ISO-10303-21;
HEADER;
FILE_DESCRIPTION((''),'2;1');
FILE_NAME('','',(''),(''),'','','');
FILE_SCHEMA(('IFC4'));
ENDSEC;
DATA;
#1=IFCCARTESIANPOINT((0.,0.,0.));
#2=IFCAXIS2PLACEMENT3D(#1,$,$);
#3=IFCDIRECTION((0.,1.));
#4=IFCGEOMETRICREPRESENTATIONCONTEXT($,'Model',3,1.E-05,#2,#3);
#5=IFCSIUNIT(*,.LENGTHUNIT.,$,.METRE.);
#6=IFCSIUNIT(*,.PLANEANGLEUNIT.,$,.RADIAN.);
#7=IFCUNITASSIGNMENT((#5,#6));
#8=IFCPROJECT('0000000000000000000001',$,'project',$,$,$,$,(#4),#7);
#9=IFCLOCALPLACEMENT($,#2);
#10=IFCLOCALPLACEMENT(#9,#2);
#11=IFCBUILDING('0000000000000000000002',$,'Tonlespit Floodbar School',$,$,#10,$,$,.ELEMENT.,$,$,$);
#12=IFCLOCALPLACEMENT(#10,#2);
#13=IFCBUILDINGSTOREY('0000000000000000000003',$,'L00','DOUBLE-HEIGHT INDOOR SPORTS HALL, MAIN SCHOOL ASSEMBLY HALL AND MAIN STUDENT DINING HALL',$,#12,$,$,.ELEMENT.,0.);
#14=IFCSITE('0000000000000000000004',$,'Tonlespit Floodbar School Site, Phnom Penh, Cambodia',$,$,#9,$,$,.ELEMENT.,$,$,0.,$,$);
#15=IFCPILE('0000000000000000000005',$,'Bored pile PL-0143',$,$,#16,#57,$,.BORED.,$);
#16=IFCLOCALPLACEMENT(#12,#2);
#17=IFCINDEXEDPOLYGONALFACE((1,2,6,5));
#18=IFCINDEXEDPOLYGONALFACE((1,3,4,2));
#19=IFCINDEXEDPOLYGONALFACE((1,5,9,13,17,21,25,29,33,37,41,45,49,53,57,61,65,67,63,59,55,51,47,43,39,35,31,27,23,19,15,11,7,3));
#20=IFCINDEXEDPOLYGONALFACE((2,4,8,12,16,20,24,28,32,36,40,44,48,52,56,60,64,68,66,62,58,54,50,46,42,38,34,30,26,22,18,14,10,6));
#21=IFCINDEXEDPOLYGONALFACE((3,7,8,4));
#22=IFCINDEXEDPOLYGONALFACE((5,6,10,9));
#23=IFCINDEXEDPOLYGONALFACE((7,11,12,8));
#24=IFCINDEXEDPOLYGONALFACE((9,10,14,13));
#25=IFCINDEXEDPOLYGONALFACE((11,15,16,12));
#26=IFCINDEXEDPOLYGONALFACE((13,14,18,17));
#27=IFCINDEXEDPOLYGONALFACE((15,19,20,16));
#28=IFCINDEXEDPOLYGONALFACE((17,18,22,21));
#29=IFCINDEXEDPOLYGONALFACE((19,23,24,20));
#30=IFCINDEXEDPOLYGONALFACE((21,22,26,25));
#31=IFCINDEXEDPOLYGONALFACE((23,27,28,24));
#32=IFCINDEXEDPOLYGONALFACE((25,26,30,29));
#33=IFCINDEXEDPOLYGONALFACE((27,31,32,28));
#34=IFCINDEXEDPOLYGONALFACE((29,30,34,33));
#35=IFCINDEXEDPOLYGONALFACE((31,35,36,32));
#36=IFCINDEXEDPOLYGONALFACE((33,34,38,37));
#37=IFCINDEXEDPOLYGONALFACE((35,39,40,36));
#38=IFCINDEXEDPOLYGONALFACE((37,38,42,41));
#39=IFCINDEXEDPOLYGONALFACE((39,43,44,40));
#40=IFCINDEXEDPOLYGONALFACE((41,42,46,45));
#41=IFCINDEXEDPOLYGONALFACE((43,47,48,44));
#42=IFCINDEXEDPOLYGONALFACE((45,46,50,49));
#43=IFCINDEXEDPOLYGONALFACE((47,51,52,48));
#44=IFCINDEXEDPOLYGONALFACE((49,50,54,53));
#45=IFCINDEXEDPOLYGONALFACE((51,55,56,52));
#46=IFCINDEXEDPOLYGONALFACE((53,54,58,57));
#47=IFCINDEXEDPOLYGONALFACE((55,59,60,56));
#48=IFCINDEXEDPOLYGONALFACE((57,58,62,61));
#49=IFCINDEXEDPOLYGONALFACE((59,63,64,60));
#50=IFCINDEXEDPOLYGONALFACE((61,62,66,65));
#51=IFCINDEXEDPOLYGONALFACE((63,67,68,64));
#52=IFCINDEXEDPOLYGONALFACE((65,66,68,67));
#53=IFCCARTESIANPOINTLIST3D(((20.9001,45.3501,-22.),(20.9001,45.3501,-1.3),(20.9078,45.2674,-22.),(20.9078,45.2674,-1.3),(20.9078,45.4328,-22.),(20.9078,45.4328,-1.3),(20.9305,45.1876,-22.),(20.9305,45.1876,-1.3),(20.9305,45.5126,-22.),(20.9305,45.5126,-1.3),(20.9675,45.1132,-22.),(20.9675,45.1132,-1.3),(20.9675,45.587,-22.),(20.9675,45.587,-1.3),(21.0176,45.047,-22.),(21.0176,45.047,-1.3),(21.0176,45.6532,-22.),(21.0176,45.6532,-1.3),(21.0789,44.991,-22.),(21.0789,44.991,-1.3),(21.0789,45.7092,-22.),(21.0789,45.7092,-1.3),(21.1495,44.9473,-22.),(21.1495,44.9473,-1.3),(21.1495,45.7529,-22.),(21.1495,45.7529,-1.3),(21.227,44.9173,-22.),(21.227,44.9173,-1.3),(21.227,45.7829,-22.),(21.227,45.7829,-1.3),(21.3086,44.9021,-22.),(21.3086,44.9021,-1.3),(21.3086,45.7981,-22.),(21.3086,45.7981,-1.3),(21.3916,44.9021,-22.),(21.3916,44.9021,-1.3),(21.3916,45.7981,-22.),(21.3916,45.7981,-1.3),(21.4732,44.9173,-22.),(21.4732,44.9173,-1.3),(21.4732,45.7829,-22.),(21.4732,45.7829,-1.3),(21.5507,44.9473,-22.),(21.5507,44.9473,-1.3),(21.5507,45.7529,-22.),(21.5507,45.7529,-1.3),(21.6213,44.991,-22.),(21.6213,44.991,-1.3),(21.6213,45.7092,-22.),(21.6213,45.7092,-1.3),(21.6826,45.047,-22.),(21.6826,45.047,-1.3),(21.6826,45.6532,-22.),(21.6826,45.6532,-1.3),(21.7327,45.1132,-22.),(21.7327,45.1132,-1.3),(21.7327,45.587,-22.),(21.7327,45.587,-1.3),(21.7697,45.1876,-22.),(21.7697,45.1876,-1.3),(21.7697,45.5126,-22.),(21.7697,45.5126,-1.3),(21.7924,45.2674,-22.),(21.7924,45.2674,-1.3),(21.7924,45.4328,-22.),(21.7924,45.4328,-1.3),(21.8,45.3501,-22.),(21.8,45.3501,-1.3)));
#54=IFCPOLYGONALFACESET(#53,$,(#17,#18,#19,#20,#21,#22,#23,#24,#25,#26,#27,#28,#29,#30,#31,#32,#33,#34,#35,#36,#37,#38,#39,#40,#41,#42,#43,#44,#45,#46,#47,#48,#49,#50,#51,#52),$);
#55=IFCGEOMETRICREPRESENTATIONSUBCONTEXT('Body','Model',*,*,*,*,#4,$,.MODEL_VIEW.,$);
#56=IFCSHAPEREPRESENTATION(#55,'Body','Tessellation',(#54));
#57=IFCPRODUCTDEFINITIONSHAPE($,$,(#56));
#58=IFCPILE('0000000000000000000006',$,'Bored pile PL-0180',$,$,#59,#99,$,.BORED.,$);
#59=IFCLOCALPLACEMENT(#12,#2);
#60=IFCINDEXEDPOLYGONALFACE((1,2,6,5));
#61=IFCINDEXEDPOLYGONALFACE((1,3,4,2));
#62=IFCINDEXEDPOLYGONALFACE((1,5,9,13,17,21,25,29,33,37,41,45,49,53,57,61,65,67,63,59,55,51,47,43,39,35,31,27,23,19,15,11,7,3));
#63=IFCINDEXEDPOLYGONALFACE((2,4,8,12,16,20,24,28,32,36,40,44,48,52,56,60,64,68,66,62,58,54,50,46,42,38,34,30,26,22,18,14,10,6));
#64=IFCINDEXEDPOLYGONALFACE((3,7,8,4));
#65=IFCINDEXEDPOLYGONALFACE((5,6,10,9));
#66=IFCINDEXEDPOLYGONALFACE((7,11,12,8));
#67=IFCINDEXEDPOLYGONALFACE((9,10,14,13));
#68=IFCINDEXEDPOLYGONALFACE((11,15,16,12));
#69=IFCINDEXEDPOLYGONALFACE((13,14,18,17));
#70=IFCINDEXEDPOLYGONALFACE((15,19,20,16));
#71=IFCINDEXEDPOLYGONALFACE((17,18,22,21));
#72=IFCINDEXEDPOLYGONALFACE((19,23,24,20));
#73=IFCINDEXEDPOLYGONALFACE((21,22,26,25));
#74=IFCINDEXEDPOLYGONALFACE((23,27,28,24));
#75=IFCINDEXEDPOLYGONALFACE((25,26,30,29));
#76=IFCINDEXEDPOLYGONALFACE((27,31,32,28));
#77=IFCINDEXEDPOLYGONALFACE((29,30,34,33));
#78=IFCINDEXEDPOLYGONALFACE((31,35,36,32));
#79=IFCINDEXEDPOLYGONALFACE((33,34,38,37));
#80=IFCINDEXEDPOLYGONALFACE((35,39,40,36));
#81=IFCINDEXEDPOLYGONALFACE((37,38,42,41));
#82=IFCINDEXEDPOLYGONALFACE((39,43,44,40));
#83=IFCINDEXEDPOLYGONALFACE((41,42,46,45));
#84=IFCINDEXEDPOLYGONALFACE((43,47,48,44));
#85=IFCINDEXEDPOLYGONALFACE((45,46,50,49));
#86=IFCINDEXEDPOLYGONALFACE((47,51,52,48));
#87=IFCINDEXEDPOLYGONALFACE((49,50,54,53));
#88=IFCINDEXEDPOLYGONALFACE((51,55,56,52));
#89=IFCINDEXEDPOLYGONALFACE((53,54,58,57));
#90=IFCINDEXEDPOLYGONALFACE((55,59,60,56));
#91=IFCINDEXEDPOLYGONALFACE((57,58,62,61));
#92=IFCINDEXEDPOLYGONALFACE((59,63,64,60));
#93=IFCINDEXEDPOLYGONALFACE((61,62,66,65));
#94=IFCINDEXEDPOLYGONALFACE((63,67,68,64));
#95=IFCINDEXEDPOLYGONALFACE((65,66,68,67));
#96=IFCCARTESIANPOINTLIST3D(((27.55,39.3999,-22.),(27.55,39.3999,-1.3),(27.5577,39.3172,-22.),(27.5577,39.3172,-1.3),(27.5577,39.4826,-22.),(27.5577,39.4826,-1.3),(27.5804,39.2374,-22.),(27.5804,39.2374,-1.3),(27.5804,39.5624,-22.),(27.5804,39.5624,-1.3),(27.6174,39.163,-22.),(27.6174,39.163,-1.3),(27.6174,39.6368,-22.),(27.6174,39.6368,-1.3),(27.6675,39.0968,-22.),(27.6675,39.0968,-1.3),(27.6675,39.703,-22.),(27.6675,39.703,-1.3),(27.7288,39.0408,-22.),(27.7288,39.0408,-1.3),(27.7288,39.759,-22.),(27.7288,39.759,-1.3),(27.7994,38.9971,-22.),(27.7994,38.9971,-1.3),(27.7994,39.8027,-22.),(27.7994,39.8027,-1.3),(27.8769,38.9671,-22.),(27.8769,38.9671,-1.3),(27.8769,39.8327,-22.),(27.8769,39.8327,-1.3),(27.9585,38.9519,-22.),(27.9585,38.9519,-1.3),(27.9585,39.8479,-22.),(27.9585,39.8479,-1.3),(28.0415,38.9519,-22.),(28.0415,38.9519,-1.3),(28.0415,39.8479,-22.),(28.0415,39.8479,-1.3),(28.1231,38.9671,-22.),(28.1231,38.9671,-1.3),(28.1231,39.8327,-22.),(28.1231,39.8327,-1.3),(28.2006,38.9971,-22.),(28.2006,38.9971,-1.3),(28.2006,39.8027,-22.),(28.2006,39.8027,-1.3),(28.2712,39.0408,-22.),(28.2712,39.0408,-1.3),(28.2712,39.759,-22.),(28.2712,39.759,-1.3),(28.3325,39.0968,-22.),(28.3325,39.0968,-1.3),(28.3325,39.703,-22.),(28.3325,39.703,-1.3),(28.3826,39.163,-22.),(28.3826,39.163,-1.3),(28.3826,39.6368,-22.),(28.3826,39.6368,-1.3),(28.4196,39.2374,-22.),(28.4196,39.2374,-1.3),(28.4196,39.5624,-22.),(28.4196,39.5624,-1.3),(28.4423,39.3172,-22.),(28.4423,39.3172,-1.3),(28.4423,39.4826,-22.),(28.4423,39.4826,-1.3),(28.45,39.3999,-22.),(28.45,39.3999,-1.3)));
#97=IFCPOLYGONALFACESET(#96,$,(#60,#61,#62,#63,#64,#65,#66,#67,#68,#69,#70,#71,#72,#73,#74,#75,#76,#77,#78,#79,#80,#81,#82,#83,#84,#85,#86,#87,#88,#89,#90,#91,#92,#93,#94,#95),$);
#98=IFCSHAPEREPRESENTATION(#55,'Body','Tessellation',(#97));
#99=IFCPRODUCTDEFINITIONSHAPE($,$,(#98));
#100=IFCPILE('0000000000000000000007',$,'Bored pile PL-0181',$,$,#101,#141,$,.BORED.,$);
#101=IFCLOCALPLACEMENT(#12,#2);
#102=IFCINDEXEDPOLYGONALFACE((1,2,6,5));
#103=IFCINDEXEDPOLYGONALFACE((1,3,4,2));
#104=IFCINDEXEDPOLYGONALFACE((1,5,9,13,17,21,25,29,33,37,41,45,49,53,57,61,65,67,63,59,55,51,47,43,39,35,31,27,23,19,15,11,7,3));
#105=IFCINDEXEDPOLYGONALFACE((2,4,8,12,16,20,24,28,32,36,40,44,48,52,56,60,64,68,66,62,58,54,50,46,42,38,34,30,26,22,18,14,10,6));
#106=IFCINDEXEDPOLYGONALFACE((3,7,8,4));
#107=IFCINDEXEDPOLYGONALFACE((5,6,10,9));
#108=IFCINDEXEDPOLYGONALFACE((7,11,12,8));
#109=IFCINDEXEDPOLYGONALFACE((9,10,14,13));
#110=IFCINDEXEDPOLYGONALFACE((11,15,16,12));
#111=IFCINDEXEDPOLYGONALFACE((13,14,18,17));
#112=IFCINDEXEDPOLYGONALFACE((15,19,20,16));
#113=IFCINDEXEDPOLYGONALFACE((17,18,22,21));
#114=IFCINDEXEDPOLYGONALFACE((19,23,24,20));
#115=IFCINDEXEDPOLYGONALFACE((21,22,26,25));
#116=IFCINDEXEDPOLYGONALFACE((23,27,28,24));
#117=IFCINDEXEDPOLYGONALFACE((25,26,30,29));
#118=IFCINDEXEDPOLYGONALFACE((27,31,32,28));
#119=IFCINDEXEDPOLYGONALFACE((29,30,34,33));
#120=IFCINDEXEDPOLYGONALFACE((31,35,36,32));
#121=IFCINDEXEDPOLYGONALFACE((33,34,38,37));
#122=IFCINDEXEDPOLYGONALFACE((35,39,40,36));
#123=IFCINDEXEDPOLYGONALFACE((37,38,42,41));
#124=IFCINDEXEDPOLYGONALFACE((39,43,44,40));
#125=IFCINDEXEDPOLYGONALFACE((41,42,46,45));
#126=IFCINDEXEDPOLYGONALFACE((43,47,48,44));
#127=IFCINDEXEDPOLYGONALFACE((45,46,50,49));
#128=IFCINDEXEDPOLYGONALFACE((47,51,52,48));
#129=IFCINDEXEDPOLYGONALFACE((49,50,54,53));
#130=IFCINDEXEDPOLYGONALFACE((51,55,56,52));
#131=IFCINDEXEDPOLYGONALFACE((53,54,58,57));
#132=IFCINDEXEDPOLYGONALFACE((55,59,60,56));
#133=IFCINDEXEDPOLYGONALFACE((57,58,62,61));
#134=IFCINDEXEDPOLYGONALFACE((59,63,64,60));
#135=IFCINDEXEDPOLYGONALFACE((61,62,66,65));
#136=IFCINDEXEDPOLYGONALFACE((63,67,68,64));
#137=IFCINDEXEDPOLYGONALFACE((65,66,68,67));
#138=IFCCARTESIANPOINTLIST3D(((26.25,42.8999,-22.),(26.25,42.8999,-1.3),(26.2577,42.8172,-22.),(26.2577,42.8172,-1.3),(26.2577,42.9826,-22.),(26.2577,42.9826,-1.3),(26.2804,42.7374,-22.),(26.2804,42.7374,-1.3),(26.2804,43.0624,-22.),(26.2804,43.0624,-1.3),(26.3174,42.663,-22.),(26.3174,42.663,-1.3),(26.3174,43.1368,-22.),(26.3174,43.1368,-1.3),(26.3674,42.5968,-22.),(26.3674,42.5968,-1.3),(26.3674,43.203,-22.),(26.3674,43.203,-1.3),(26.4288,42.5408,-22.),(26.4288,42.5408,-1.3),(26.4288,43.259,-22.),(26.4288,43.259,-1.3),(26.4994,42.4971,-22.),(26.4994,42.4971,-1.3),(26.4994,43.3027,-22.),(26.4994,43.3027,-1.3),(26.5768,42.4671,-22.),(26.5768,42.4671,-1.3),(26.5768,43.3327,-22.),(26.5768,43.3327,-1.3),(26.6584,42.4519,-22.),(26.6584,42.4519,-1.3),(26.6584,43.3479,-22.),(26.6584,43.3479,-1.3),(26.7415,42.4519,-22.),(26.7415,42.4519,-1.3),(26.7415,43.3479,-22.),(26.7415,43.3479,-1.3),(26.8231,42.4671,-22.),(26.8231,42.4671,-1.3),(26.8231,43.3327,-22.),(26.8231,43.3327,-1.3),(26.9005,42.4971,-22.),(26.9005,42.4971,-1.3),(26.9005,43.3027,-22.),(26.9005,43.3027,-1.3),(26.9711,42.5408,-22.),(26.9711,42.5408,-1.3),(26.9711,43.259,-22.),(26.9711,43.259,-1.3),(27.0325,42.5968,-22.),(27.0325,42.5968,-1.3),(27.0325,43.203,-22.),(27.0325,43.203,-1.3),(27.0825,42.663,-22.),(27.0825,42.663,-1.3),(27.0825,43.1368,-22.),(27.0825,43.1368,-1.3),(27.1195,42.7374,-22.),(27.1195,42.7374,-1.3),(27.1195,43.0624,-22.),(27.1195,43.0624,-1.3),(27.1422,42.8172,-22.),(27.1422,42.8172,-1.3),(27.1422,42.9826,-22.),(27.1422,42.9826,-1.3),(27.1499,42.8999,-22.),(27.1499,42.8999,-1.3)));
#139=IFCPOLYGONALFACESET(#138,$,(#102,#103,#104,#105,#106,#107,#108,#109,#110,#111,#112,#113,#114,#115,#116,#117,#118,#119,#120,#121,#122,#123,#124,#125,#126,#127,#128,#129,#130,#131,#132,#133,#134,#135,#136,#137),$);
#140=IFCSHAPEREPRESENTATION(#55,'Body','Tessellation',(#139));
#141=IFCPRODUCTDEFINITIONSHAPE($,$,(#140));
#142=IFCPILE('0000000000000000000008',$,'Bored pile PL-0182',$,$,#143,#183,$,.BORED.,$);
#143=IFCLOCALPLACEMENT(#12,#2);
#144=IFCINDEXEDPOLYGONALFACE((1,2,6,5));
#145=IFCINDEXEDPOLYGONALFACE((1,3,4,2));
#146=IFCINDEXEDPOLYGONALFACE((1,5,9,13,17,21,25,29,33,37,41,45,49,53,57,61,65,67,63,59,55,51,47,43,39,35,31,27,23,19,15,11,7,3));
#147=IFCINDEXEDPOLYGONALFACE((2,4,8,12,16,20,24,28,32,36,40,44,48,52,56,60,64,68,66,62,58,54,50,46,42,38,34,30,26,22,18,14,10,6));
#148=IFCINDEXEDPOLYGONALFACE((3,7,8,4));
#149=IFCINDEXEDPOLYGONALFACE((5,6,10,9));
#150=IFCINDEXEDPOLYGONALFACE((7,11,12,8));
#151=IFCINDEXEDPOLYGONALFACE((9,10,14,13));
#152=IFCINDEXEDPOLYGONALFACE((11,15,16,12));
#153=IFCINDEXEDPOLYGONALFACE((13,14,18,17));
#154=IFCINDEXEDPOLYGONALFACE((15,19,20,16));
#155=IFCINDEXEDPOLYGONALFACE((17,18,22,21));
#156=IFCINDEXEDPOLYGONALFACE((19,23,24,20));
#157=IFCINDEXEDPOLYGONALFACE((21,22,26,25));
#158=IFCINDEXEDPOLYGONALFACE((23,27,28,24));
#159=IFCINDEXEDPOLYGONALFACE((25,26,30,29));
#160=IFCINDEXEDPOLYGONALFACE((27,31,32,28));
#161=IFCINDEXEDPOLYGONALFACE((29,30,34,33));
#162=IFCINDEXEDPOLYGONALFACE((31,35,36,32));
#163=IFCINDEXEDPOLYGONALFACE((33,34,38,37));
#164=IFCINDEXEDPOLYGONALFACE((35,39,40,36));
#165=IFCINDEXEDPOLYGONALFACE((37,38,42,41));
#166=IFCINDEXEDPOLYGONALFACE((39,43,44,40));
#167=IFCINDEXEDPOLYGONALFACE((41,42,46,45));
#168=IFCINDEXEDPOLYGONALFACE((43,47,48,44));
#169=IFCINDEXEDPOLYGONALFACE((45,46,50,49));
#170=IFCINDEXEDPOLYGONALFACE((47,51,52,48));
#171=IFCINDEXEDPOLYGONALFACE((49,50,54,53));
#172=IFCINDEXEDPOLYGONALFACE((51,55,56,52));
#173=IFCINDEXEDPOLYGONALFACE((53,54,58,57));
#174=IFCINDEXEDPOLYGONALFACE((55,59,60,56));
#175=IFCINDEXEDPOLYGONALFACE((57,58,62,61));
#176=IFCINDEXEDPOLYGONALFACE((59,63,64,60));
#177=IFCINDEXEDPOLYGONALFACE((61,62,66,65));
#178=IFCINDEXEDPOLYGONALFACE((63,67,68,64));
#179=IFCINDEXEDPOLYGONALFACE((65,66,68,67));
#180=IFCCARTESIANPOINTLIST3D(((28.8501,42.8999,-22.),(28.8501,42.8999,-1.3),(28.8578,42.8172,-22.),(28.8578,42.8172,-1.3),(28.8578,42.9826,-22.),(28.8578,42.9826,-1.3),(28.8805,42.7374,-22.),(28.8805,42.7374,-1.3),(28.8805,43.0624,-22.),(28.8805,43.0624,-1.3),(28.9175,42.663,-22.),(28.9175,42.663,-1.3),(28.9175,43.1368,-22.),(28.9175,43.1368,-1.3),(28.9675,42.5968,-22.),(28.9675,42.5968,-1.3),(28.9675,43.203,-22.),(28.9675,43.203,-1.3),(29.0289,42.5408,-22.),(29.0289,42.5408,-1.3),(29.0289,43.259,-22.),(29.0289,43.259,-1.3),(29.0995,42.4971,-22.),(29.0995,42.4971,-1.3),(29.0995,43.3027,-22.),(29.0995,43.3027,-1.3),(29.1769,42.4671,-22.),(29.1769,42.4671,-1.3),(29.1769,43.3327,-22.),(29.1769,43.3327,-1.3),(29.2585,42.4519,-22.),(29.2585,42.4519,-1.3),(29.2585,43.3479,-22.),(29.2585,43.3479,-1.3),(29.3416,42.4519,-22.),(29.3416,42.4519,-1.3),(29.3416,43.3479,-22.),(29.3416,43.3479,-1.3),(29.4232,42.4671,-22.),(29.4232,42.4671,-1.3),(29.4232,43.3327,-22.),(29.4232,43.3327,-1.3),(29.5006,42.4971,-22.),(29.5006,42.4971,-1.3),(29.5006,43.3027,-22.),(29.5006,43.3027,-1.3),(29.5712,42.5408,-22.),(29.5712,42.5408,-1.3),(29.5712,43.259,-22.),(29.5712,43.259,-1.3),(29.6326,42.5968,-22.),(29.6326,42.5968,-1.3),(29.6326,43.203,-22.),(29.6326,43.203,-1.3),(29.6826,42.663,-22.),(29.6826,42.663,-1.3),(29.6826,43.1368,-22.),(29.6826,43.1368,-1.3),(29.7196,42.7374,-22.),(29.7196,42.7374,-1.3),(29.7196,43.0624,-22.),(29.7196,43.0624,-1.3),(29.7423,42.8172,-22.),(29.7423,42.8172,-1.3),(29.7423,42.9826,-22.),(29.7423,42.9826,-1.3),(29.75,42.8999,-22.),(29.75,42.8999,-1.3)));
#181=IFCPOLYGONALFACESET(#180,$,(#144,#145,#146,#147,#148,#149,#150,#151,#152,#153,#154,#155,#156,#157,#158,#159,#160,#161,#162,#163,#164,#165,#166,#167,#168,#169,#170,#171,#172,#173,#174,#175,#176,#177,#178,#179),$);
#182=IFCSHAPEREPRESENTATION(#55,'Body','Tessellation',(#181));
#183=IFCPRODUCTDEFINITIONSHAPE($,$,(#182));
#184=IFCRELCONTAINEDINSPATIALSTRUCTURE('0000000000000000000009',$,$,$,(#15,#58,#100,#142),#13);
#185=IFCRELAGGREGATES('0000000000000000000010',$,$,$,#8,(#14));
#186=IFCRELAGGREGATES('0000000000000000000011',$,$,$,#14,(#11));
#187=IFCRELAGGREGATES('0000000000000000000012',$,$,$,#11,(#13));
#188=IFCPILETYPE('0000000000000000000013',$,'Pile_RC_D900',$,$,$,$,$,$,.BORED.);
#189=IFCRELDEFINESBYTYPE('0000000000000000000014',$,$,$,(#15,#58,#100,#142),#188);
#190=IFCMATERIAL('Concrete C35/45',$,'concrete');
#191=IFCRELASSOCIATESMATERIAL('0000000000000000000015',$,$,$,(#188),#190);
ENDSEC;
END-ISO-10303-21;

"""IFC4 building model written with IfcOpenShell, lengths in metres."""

from ifc_helpers import new_model, si_unit, direction, frame, origin, origin_2d, place, context, subcontext, project, spatial, circle, extrude, material, material_profile, profile_set, type_object, element, save


model = new_model("IFC4")

# Units and contexts
model_context = context("Model", 3, precision=1e-05, world=origin(), true_north=direction((0.0, 1.0)))
body_context = subcontext(model_context, "Body", "Model", "MODEL_VIEW")
ifc_project = project(units=[si_unit("LENGTHUNIT", "METRE"), si_unit("PLANEANGLEUNIT", "RADIAN")], contexts=[model_context])

# Site, building, storey
site_placement = place(None, origin())
site = spatial("IfcSite", under=ifc_project, at=site_placement, Name="Tonlespit Floodbar School Site, Phnom Penh, Cambodia", CompositionType="ELEMENT", RefElevation=0.0)
building_placement = place(site_placement, origin())
building = spatial("IfcBuilding", under=site, at=building_placement, Name="Tonlespit Floodbar School", CompositionType="ELEMENT")
storey_placement = place(building_placement, origin())
storey = spatial("IfcBuildingStorey", under=building, at=storey_placement, Name="L00", Description="DOUBLE-HEIGHT INDOOR SPORTS HALL, MAIN SCHOOL ASSEMBLY HALL AND MAIN STUDENT DINING HALL", CompositionType="ELEMENT", Elevation=0.0)

# Piles
ifc_material_1 = material(Name="Concrete C35/45", Category="concrete")
ifc_material_profile_1 = material_profile(ifc_material_1, circle(Radius=0.45, at=origin_2d()), Name="BP D900")
ifc_profile_set_1 = profile_set([ifc_material_profile_1], Name="Concrete C35/45")
pile_type = type_object("IfcPileType", Name="Pile_RC_D900", PredefinedType="BORED", material=ifc_profile_set_1)
for number, where, z_axis, x_axis, name in (
    (1, (21.3501, 45.3501, -1.3), (0.0, 0.0, -1.0), (1.0, 0.0, 0.0), "Bored pile PL-0143"),
    (2, (28.0, 39.3999, -1.3), (0.0, 0.0, -1.0), (1.0, 0.0, 0.0), "Bored pile PL-0180"),
    (3, (26.7, 42.8999, -1.3), (0.0, 0.0, -1.0), (1.0, 0.0, 0.0), "Bored pile PL-0181"),
    (4, (29.3, 42.8999, -1.3), (0.0, 0.0, -1.0), (1.0, 0.0, 0.0), "Bored pile PL-0182"),
):
    element("IfcPile", number, at=place(storey_placement, frame(where, z_axis=z_axis, x_axis=x_axis)), inside=storey, type_object=pile_type, Name=name, PredefinedType="BORED", context=body_context, shape_type="SweptSolid", body=[
        extrude(circle(Radius=0.45, at=origin_2d()), origin(), (0.0, 0.0, 1.0), 20.7),
    ])

save(model, "model.ifc")
